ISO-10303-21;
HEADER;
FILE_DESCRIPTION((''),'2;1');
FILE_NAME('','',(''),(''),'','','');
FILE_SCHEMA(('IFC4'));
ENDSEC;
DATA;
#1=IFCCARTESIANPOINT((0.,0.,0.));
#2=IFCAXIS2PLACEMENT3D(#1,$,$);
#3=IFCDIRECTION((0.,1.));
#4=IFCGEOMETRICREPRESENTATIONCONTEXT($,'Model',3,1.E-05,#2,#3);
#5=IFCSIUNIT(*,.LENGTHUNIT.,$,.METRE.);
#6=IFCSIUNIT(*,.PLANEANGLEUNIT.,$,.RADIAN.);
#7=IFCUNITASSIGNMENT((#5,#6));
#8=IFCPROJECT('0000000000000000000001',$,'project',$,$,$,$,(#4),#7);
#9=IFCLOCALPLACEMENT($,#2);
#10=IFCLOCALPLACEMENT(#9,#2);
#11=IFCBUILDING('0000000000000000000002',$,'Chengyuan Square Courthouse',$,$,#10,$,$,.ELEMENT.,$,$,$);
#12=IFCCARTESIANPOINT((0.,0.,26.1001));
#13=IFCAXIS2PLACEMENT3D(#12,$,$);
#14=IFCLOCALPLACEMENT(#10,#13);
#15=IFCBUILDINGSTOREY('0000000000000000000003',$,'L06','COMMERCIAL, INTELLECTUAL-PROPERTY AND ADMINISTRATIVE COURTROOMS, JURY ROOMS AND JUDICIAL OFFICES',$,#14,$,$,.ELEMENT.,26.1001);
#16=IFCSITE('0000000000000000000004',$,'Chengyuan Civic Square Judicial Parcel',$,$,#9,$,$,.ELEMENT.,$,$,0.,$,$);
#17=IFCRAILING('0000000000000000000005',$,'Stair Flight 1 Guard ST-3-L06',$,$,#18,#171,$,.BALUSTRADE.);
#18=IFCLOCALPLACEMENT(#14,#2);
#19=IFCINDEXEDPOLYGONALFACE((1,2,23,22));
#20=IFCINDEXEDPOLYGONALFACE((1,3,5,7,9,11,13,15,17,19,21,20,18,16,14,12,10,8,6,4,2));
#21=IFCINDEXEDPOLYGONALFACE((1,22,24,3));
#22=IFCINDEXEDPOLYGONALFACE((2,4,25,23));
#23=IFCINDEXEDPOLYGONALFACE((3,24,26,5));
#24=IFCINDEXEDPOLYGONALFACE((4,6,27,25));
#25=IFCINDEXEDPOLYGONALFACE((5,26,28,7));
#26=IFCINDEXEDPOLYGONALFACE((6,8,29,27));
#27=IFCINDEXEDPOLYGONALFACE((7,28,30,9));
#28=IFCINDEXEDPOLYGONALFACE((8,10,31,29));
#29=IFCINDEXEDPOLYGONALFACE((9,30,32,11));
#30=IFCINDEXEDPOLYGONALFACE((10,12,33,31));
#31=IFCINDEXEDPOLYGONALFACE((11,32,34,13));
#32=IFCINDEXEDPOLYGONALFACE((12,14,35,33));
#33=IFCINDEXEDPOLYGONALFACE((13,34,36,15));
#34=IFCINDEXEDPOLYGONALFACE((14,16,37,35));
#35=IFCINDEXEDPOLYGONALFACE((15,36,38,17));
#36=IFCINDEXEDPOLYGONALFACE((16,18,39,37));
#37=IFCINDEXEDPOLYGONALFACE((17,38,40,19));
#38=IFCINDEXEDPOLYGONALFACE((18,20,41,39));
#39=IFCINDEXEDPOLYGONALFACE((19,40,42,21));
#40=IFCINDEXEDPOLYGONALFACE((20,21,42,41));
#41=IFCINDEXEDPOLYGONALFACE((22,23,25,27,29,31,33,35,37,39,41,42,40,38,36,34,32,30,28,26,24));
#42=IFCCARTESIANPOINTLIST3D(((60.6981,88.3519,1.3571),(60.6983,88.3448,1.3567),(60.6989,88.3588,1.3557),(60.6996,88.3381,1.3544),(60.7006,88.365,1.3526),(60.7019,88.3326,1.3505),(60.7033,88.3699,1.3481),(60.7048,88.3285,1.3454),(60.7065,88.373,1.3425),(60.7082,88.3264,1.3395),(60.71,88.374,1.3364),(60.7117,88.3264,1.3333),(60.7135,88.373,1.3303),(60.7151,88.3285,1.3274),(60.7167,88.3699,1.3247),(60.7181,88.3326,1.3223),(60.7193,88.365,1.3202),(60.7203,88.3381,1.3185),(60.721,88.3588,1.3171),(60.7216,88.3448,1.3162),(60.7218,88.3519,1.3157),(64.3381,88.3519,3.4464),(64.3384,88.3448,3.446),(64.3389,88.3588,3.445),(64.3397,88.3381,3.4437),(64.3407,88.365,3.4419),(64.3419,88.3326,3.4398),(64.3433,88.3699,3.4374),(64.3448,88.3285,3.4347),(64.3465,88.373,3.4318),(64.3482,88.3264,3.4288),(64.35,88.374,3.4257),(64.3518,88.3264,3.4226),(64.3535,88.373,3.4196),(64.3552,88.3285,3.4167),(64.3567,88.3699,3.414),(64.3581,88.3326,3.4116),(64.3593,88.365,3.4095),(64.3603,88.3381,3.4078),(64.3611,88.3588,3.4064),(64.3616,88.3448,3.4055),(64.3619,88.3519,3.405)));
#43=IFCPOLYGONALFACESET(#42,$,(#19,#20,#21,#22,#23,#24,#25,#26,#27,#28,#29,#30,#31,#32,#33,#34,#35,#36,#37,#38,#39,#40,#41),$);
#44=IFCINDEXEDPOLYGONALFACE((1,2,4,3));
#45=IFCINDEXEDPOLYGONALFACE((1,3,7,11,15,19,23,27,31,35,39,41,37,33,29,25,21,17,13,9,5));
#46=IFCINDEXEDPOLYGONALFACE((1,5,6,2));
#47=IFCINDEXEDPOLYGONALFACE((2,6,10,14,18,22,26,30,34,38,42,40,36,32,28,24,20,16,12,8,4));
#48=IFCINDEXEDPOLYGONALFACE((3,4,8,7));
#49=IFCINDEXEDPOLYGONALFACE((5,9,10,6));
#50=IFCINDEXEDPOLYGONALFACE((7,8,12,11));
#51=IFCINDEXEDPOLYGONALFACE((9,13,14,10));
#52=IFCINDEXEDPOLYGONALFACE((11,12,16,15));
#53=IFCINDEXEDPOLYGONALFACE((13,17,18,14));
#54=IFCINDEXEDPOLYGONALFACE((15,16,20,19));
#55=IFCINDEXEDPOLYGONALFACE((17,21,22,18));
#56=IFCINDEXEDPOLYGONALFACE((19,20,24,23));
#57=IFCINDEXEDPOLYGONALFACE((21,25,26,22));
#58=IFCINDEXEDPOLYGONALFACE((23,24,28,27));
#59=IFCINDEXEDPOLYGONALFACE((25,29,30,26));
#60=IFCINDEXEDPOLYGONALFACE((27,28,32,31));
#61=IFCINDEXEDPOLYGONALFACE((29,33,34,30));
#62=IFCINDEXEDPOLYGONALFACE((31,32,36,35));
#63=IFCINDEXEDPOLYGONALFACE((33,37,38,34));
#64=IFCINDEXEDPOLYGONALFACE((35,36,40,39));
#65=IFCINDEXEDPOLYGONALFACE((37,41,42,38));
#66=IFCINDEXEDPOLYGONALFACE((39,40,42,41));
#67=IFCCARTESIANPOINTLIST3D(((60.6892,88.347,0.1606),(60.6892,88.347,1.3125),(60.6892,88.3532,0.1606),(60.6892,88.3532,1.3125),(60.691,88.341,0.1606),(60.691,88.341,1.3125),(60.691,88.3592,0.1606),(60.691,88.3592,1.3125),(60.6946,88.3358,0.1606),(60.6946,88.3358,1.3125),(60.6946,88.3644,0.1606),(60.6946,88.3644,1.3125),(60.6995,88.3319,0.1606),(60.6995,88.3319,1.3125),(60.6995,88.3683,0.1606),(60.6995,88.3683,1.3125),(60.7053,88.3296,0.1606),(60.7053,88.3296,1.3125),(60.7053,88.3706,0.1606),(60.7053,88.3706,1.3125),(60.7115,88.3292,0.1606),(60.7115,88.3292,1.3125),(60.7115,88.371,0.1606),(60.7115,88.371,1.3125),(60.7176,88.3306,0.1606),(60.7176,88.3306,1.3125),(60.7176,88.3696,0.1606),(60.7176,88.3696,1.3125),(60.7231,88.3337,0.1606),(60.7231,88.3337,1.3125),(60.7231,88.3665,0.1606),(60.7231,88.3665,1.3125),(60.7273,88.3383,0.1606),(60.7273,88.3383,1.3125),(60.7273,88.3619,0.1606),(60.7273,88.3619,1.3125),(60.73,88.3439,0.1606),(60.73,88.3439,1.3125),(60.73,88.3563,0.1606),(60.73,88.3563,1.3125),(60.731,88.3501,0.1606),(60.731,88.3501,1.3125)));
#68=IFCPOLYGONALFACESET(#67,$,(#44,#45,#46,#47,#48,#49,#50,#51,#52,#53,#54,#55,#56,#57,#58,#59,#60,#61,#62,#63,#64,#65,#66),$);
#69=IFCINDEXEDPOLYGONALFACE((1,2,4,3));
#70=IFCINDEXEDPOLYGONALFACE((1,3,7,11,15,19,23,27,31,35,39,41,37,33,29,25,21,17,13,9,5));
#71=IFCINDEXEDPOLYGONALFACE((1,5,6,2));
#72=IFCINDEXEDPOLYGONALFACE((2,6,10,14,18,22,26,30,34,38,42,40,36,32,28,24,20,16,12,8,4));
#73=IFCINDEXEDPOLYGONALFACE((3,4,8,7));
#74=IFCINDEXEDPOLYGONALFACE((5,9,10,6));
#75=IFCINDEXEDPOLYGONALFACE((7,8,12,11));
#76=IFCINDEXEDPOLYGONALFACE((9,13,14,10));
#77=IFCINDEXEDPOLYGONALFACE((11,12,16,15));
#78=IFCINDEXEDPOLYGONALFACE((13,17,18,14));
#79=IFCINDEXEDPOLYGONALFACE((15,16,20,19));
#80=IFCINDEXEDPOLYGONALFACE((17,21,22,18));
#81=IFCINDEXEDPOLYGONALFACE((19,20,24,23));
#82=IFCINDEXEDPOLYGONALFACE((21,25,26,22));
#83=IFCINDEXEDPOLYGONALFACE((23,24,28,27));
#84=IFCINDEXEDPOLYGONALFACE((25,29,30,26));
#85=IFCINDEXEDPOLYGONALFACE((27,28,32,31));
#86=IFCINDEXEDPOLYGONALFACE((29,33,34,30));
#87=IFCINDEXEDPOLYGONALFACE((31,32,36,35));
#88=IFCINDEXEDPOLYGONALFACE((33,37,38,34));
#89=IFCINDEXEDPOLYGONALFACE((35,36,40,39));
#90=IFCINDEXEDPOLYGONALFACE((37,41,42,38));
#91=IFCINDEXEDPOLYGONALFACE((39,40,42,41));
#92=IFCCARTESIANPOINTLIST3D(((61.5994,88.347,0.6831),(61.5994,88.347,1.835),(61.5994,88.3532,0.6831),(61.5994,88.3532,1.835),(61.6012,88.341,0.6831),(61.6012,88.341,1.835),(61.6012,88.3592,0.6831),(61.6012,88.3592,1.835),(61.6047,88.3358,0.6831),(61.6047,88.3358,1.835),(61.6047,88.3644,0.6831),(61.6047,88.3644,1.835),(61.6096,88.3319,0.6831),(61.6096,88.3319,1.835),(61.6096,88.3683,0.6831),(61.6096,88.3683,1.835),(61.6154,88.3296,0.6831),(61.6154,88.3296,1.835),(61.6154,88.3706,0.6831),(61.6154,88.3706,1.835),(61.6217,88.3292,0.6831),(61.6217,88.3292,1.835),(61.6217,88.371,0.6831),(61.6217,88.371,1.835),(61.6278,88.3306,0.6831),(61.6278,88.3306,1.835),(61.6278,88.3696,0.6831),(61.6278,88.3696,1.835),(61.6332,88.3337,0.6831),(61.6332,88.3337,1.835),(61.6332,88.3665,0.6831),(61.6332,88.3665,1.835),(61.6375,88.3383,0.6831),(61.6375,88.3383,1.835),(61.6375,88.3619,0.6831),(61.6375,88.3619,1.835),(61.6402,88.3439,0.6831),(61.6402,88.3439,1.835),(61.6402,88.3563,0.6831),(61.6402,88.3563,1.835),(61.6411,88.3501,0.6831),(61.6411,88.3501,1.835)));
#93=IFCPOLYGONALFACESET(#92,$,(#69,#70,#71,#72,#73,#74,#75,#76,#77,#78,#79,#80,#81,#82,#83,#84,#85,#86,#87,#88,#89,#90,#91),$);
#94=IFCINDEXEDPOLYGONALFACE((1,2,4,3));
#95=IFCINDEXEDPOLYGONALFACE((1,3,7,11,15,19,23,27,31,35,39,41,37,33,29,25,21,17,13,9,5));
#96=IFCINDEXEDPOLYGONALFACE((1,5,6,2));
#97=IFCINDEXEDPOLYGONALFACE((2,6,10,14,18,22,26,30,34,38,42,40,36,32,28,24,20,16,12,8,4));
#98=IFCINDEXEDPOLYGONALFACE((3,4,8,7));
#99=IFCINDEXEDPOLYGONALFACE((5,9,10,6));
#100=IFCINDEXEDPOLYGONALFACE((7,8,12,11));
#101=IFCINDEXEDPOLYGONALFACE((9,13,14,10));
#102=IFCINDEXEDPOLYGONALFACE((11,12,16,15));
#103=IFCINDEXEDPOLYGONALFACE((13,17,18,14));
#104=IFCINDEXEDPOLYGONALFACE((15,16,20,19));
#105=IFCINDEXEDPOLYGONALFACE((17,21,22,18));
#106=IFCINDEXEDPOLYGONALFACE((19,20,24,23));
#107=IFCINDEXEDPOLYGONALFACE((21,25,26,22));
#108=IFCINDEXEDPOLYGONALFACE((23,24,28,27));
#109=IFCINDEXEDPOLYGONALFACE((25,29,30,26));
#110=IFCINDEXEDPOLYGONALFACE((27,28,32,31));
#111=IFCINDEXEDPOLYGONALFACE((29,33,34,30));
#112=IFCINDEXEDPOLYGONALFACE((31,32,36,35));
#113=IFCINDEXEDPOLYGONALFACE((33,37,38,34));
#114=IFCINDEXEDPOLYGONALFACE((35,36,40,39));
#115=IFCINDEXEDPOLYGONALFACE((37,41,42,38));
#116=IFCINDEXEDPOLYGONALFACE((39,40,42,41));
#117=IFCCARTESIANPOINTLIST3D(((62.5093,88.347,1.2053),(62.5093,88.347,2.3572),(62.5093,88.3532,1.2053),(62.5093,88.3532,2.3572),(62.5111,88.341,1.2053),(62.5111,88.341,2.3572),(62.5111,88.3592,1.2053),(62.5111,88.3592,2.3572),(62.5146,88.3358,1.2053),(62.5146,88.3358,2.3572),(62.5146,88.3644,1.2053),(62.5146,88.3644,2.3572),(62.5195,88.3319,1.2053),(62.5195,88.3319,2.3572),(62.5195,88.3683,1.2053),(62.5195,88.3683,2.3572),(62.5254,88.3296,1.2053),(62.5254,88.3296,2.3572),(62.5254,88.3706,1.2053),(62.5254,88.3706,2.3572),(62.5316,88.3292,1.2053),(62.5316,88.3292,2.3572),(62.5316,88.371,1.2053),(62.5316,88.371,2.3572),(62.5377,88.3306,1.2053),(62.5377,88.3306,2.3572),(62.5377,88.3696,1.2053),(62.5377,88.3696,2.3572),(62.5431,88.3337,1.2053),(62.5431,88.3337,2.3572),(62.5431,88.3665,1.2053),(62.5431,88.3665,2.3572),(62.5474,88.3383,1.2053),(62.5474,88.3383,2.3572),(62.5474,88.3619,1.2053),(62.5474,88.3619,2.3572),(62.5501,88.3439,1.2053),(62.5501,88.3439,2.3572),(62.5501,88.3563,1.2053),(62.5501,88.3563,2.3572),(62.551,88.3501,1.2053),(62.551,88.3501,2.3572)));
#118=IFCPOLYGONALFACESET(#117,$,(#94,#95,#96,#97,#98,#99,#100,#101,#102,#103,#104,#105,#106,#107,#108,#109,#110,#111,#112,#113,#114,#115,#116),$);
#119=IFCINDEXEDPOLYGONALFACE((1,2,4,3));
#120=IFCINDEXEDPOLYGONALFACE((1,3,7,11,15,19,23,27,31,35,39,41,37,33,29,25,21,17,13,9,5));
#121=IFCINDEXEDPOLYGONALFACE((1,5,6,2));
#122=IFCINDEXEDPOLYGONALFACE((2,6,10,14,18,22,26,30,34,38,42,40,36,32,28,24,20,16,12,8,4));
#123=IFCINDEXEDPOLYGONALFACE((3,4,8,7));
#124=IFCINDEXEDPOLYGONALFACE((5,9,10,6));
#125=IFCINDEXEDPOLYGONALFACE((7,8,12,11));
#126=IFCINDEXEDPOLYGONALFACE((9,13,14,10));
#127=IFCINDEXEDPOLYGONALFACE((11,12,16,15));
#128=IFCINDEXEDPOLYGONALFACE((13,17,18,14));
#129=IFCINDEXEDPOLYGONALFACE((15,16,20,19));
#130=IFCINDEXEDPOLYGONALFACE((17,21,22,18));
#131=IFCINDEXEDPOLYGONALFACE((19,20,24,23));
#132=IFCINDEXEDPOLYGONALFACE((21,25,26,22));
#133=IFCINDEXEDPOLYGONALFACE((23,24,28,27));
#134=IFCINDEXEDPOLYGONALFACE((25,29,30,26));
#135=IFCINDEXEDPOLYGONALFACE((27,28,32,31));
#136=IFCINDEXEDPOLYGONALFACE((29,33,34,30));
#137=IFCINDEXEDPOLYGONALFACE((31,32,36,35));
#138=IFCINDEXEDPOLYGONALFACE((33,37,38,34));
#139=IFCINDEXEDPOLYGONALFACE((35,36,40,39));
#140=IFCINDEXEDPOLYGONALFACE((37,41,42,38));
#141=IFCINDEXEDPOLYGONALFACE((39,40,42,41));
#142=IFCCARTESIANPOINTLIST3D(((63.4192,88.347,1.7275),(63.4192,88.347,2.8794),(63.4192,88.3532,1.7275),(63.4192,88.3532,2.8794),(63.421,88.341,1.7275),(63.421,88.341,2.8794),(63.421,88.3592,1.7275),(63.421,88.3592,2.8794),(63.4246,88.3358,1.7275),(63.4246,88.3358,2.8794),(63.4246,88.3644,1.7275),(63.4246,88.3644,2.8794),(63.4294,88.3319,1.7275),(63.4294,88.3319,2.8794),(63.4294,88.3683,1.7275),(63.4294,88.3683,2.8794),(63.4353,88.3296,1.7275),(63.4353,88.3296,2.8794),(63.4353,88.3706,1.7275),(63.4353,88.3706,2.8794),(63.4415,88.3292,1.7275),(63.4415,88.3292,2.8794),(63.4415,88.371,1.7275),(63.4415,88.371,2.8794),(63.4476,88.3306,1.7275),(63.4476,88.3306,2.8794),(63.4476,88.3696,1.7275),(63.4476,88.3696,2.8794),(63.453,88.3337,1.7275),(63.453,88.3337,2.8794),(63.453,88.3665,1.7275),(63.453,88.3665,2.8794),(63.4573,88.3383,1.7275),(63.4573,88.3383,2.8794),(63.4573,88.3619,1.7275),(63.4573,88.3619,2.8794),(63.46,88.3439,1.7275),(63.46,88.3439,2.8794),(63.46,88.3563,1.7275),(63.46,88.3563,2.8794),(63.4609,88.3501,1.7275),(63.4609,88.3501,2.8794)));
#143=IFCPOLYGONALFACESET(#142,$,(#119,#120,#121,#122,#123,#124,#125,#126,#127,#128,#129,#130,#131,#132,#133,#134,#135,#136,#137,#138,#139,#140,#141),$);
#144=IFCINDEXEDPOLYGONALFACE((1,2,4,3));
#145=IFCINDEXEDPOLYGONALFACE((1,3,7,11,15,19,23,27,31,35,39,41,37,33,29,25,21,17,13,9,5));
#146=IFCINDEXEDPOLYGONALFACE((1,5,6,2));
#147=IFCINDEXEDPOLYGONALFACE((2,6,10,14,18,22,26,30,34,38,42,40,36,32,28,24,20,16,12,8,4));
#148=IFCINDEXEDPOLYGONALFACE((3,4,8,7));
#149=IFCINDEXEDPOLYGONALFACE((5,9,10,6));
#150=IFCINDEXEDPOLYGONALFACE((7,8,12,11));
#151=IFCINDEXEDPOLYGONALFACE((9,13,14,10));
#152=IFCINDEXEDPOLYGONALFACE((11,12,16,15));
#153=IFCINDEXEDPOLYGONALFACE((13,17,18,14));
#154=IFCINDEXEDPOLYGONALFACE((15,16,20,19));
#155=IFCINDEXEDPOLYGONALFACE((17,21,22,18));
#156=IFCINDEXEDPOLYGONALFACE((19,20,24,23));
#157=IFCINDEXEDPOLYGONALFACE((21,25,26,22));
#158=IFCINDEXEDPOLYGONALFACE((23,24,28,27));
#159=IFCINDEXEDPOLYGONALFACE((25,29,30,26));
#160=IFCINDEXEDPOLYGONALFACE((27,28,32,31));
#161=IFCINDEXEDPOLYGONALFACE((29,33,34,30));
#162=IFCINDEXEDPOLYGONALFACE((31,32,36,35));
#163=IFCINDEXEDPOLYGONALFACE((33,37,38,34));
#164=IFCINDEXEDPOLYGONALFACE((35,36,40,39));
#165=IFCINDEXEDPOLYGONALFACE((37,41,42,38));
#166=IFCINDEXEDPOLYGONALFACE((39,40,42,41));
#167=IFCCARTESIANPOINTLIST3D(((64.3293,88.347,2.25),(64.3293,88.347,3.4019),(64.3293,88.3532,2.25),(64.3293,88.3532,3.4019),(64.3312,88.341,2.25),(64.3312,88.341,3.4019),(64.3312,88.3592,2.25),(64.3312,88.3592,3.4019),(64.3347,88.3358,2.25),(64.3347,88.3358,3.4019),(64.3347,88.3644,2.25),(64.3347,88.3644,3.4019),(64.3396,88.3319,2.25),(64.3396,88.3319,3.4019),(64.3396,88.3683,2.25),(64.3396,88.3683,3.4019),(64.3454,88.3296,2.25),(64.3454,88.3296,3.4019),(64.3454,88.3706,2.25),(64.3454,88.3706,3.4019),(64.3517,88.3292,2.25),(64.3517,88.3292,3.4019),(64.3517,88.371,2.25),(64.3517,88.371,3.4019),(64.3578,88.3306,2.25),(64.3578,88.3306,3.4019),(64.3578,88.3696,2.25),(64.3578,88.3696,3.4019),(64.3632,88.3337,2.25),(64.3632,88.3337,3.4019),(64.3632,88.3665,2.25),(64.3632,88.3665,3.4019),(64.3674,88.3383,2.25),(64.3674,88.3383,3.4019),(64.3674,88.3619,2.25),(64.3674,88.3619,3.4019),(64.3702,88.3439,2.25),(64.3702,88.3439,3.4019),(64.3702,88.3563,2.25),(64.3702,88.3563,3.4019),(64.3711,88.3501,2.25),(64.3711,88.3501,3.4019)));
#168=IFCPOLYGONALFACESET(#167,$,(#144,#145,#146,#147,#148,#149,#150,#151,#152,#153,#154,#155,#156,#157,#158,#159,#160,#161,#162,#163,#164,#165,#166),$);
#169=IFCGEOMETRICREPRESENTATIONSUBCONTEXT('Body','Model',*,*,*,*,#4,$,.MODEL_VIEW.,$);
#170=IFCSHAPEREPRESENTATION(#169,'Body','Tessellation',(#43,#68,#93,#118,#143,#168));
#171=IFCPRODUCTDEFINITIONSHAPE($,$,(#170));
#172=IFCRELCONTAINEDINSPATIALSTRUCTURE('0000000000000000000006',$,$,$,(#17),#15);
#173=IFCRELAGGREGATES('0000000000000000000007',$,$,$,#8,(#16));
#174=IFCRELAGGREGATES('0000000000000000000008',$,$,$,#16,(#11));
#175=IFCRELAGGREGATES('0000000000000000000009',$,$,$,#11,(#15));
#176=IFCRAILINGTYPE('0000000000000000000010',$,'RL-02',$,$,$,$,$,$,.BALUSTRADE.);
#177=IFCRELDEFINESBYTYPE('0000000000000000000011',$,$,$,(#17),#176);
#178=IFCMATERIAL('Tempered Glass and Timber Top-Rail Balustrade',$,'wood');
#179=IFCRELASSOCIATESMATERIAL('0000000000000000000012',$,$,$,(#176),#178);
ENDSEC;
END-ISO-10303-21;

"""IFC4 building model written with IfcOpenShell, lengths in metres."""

from ifc_helpers import new_model, si_unit, direction, frame, origin, origin_2d, place, context, subcontext, project, spatial, circle, extrude, material, type_object, element, save


model = new_model("IFC4")

# Units and contexts
model_context = context("Model", 3, precision=1e-05, world=origin(), true_north=direction((0.0, 1.0)))
body_context = subcontext(model_context, "Body", "Model", "MODEL_VIEW")
ifc_project = project(units=[si_unit("LENGTHUNIT", "METRE"), si_unit("PLANEANGLEUNIT", "RADIAN")], contexts=[model_context])

# Site, building, storey
site_placement = place(None, origin())
site = spatial("IfcSite", under=ifc_project, at=site_placement, Name="Chengyuan Civic Square Judicial Parcel", CompositionType="ELEMENT", RefElevation=0.0)
building_placement = place(site_placement, origin())
building = spatial("IfcBuilding", under=site, at=building_placement, Name="Chengyuan Square Courthouse", CompositionType="ELEMENT")
storey_placement = place(building_placement, frame((0.0, 0.0, 26.1001)))
storey = spatial("IfcBuildingStorey", under=building, at=storey_placement, Name="L06", Description="COMMERCIAL, INTELLECTUAL-PROPERTY AND ADMINISTRATIVE COURTROOMS, JURY ROOMS AND JUDICIAL OFFICES", CompositionType="ELEMENT", Elevation=26.1001)

# Railing
ifc_material_1 = material(Name="Tempered Glass and Timber Top-Rail Balustrade", Category="wood")
railing_type_1 = type_object("IfcRailingType", Name="RL-02", PredefinedType="BALUSTRADE", material=ifc_material_1)
railing_1_placement = place(storey_placement, frame((60.71, 88.3501, 0.1606)))
element("IfcRailing", 1, at=railing_1_placement, inside=storey, type_object=railing_type_1, Name="Stair Flight 1 Guard ST-3-L06", PredefinedType="BALUSTRADE", context=body_context, shape_type="SweptSolid", body=[
    extrude(circle(Radius=0.0239, at=origin_2d()), frame((0.0, 0.0, 1.1758), z_axis=(0.867289, 0.0, 0.497804), x_axis=(0.0, 1.0, 0.0)), (0.0, 0.0, 1.0), 4.197),
    extrude(circle(Radius=0.021, at=origin_2d()), origin(), (0.0, 0.0, 1.0), 1.1519),
    extrude(circle(Radius=0.021, at=origin_2d()), frame((0.9102, 0.0, 0.5225)), (0.0, 0.0, 1.0), 1.1519),
    extrude(circle(Radius=0.021, at=origin_2d()), frame((1.8201, 0.0, 1.0447)), (0.0, 0.0, 1.0), 1.1519),
    extrude(circle(Radius=0.021, at=origin_2d()), frame((2.73, 0.0, 1.5669)), (0.0, 0.0, 1.0), 1.1519),
    extrude(circle(Radius=0.021, at=origin_2d()), frame((3.6401, 0.0, 2.0894)), (0.0, 0.0, 1.0), 1.1519),
])

save(model, "model.ifc")
